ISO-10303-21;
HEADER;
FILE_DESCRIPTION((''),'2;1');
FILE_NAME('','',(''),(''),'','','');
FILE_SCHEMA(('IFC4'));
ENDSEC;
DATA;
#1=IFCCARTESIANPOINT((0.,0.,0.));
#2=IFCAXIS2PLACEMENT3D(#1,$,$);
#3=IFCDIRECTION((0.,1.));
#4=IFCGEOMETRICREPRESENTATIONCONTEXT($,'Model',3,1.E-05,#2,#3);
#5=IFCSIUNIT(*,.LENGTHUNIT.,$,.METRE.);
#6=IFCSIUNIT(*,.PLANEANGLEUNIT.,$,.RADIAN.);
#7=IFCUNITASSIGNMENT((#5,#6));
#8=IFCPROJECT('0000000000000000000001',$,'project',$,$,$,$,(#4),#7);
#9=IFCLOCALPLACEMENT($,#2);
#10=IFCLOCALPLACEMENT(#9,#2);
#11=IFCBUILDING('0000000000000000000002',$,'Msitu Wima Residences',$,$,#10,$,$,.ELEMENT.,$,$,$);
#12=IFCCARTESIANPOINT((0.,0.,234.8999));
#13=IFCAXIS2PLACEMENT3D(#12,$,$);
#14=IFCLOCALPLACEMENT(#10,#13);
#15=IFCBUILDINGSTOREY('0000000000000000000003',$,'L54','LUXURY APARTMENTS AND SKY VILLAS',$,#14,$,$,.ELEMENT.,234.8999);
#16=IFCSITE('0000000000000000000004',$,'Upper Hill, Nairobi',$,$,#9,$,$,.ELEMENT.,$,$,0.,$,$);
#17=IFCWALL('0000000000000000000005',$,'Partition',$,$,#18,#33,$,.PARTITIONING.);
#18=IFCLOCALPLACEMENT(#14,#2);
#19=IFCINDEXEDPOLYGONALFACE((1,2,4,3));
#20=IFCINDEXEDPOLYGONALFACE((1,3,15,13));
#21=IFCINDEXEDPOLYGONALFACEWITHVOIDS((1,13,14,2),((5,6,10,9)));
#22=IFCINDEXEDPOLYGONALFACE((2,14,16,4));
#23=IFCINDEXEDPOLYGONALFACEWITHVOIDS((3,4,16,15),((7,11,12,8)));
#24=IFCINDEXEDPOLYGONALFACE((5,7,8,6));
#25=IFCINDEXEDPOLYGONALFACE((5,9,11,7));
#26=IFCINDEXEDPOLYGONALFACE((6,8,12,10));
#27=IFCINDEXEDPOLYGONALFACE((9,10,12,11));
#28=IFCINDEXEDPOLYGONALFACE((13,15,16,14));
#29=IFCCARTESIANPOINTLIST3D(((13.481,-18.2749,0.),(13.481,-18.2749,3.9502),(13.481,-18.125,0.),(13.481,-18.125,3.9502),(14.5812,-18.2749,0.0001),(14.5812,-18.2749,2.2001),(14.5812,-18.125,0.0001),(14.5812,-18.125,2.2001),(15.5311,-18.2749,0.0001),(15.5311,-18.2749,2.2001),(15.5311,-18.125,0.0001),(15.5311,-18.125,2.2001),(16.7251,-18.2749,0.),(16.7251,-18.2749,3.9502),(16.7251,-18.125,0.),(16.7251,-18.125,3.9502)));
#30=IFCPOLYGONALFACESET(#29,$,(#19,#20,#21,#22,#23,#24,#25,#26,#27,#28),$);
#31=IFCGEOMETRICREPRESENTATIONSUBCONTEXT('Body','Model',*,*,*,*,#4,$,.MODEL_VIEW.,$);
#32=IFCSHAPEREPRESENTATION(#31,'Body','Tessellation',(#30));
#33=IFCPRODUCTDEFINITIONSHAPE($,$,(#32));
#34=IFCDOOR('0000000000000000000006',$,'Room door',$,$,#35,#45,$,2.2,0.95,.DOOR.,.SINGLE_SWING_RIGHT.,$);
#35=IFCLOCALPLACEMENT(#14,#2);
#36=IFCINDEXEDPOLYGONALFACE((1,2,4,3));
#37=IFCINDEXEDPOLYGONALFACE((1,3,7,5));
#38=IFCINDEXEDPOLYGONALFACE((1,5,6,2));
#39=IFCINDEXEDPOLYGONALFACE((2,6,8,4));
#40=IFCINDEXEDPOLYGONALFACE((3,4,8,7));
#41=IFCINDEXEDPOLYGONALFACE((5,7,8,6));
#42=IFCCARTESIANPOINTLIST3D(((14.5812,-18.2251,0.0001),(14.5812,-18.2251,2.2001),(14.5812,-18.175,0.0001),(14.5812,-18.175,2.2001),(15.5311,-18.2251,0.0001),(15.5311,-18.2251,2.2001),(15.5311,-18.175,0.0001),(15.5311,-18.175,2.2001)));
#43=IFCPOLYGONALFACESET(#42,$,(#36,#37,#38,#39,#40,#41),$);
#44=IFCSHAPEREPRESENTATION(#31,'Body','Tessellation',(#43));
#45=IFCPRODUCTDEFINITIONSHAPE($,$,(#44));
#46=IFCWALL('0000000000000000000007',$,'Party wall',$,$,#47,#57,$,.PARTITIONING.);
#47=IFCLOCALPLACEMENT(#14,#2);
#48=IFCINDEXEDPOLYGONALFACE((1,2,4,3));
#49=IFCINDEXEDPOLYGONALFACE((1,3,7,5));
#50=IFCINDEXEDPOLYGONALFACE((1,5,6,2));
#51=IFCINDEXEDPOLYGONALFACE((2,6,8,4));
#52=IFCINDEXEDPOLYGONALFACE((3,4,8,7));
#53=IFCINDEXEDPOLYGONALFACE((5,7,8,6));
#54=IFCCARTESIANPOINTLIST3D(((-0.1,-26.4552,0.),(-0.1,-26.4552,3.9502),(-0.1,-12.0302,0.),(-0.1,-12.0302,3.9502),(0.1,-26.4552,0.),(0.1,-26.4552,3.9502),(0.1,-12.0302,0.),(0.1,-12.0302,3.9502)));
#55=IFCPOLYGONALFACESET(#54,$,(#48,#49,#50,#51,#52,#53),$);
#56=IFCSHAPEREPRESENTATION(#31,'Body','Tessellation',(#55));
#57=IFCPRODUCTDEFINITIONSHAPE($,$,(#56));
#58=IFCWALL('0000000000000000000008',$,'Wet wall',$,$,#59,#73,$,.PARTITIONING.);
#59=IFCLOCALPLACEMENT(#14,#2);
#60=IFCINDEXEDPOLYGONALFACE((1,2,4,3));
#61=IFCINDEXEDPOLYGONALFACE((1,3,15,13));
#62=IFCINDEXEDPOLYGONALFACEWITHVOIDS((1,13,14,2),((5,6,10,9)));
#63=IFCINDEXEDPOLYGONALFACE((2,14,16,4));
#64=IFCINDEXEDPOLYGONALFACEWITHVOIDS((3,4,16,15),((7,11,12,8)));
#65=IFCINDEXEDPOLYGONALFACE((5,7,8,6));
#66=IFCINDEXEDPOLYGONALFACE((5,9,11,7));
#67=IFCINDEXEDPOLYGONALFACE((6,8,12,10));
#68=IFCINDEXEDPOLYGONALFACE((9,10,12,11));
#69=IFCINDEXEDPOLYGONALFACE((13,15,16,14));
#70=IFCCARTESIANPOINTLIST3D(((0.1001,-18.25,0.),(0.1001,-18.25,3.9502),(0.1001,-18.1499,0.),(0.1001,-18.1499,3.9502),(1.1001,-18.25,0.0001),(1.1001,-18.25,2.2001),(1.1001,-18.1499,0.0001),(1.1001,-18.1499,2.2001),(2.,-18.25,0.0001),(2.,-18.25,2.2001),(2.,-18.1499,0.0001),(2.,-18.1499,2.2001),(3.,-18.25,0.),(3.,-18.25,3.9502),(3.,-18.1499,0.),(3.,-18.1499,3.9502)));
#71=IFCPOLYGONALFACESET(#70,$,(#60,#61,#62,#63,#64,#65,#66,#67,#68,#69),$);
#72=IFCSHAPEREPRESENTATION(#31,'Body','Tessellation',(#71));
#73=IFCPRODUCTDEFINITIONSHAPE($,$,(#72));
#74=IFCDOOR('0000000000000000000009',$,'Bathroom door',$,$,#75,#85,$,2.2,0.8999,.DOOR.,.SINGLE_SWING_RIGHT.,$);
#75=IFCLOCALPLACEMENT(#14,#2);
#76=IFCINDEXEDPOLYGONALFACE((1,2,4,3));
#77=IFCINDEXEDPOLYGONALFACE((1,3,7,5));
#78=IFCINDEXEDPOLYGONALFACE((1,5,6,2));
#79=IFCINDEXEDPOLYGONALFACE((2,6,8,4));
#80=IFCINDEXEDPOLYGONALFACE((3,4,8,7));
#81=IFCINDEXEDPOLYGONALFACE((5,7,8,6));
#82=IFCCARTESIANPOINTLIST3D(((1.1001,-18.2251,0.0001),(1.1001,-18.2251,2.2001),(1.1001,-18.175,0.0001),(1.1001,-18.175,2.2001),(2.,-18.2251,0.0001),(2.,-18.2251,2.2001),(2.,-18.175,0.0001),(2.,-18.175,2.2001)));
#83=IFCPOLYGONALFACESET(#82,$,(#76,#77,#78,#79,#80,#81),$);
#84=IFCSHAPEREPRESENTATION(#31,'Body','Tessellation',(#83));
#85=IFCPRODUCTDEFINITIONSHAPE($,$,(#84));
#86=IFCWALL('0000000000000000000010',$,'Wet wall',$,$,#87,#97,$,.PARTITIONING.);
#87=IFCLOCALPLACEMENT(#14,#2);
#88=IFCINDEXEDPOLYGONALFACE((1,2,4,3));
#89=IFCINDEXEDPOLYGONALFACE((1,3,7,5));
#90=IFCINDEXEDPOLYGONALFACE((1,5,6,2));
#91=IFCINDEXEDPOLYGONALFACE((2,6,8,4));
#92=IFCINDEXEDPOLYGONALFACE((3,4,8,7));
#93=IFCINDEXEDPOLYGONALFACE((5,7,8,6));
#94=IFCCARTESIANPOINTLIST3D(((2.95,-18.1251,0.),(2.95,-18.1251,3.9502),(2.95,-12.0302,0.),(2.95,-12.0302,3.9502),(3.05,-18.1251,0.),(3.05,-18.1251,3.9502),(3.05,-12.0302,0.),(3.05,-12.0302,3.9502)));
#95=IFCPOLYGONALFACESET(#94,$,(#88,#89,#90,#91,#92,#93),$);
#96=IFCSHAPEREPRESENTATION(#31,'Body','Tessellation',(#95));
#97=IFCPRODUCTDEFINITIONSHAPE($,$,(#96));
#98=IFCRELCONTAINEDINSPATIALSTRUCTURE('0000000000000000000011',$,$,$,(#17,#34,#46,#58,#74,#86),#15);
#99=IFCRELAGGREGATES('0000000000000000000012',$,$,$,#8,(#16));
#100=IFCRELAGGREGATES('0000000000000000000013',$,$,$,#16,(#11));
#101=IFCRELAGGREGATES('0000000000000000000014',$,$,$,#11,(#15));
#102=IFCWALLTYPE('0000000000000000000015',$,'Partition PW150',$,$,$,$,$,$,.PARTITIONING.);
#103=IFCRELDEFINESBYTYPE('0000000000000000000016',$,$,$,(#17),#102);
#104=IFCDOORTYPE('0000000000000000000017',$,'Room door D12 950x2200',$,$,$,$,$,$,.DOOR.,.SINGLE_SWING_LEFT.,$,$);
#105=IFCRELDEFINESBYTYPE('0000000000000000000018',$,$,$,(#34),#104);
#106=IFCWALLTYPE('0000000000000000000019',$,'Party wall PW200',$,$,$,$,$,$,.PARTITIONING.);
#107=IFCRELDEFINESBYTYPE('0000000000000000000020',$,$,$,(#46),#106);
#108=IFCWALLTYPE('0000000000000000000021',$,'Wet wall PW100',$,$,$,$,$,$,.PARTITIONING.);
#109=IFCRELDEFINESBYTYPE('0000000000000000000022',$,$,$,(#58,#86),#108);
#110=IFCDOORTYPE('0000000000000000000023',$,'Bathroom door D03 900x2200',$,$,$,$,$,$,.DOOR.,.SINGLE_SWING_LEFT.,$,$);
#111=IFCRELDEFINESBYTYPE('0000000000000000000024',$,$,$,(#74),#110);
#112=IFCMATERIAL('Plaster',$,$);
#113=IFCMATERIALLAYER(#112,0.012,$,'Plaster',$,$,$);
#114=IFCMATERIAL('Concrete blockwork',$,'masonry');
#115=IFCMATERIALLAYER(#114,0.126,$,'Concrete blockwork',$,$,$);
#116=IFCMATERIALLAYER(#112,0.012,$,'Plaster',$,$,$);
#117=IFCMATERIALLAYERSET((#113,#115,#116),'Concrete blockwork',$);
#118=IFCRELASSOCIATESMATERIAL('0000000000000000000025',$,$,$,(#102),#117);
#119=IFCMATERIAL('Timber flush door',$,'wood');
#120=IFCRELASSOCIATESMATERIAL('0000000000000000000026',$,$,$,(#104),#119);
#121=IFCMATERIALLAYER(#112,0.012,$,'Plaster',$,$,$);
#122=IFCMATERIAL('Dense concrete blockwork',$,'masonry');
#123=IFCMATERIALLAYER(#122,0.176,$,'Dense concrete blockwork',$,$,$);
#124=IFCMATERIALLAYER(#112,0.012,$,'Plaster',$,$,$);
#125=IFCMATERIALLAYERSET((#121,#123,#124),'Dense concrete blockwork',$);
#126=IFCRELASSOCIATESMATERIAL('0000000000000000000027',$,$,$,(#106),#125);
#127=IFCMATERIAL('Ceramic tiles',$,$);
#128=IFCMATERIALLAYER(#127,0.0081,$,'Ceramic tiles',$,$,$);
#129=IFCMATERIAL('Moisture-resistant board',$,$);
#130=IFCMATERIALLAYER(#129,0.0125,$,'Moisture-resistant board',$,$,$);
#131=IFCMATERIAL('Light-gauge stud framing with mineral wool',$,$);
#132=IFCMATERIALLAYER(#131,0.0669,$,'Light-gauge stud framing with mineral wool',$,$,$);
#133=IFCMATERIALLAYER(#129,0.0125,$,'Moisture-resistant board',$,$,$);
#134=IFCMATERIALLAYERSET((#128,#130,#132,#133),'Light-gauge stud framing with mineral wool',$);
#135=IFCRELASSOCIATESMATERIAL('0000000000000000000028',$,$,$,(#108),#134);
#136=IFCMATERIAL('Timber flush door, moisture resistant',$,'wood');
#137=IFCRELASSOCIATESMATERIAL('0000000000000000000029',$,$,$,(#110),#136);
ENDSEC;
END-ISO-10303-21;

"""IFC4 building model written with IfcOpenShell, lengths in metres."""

from ifc_helpers import new_model, si_unit, direction, frame, frame_2d, origin, place, context, subcontext, project, spatial, rectangle, extrude, material, layer, layer_set, type_object, element, fill, save


model = new_model("IFC4")

# Units and contexts
model_context = context("Model", 3, precision=1e-05, world=origin(), true_north=direction((0.0, 1.0)))
body_context = subcontext(model_context, "Body", "Model", "MODEL_VIEW")
ifc_project = project(units=[si_unit("LENGTHUNIT", "METRE"), si_unit("PLANEANGLEUNIT", "RADIAN")], contexts=[model_context])

# Site, building, storey
site_placement = place(None, origin())
site = spatial("IfcSite", under=ifc_project, at=site_placement, Name="Upper Hill, Nairobi", CompositionType="ELEMENT", RefElevation=0.0)
building_placement = place(site_placement, origin())
building = spatial("IfcBuilding", under=site, at=building_placement, Name="Msitu Wima Residences", CompositionType="ELEMENT")
storey_placement = place(building_placement, frame((0.0, 0.0, 234.8999)))
storey = spatial("IfcBuildingStorey", under=building, at=storey_placement, Name="L54", Description="LUXURY APARTMENTS AND SKY VILLAS", CompositionType="ELEMENT", Elevation=234.8999)

# Shared definitions
ifc_material_1 = material(Name="Plaster")
ifc_layer_1 = layer(ifc_material_1, 0.012, Name="Plaster")
ifc_material_2 = material(Name="Concrete blockwork", Category="masonry")
ifc_layer_2 = layer(ifc_material_2, 0.126, Name="Concrete blockwork")
ifc_layer_3 = layer(ifc_material_1, 0.012, Name="Plaster")
ifc_layer_set_1 = layer_set([ifc_layer_1, ifc_layer_2, ifc_layer_3], Name="Concrete blockwork")
wall_type_1 = type_object("IfcWallType", Name="Partition PW150", PredefinedType="PARTITIONING", material=ifc_layer_set_1)

# Shared definitions
ifc_material_3 = material(Name="Timber flush door", Category="wood")
door_type_1 = type_object("IfcDoorType", Name="Room door D12 950x2200", OperationType="SINGLE_SWING_LEFT", PredefinedType="DOOR", material=ifc_material_3)

# Wall, opening, door
wall_1_placement = place(storey_placement, frame((13.481, -18.2, 0.0), z_axis=(0.0, 0.0, 1.0), x_axis=(1.0, 0.0, 0.0)))
wall_1 = element("IfcWall", 1, at=wall_1_placement, inside=storey, type_object=wall_type_1, Name="Partition", PredefinedType="PARTITIONING", context=body_context, shape_type="SweptSolid", body=[
    extrude(rectangle(XDim=3.2441, YDim=0.1499, at=frame_2d((1.6221, 0.0))), origin(), (0.0, 0.0, 1.0), 3.9502),
])
opening_1_placement = place(wall_1_placement, frame((1.1001, 0.0, 0.0)))
opening_1 = element("IfcOpeningElement", 2, at=opening_1_placement, cuts=wall_1, PredefinedType="OPENING", context=body_context, shape_type="SweptSolid", body=[
    extrude(rectangle(XDim=0.95, YDim=2.2, at=frame_2d((0.4751, 1.1001))), frame((0.0, 0.085, 0.0), z_axis=(0.0, -1.0, 0.0), x_axis=(1.0, 0.0, 0.0)), (0.0, 0.0, 1.0), 0.1699),
])
door_1_placement = place(opening_1_placement, origin())
door_1 = element("IfcDoor", 3, at=door_1_placement, inside=storey, type_object=door_type_1, Name="Room door", OperationType="SINGLE_SWING_RIGHT", OverallHeight=2.2, OverallWidth=0.95, PredefinedType="DOOR", context=body_context, shape_type="SweptSolid", body=[
    extrude(rectangle(XDim=0.95, YDim=2.2, at=frame_2d((0.4751, 1.1001))), frame((0.0, 0.0249, 0.0), z_axis=(0.0, -1.0, 0.0), x_axis=(1.0, 0.0, 0.0)), (0.0, 0.0, 1.0), 0.05),
])
fill(opening_1, door_1)

# Wall
ifc_layer_4 = layer(ifc_material_1, 0.012, Name="Plaster")
ifc_material_4 = material(Name="Dense concrete blockwork", Category="masonry")
ifc_layer_5 = layer(ifc_material_4, 0.176, Name="Dense concrete blockwork")
ifc_layer_6 = layer(ifc_material_1, 0.012, Name="Plaster")
ifc_layer_set_2 = layer_set([ifc_layer_4, ifc_layer_5, ifc_layer_6], Name="Dense concrete blockwork")
wall_type_2 = type_object("IfcWallType", Name="Party wall PW200", PredefinedType="PARTITIONING", material=ifc_layer_set_2)
wall_2_placement = place(storey_placement, frame((0.0, -26.4551, 0.0), z_axis=(0.0, 0.0, 1.0), x_axis=(0.0, 1.0, 0.0)))
element("IfcWall", 4, at=wall_2_placement, inside=storey, type_object=wall_type_2, Name="Party wall", PredefinedType="PARTITIONING", context=body_context, shape_type="SweptSolid", body=[
    extrude(rectangle(XDim=14.425, YDim=0.2, at=frame_2d((7.2124, 0.0))), origin(), (0.0, 0.0, 1.0), 3.9502),
])

# Wall, opening, door
ifc_material_5 = material(Name="Ceramic tiles")
ifc_layer_7 = layer(ifc_material_5, 0.0081, Name="Ceramic tiles")
ifc_material_6 = material(Name="Moisture-resistant board")
ifc_layer_8 = layer(ifc_material_6, 0.0125, Name="Moisture-resistant board")
ifc_material_7 = material(Name="Light-gauge stud framing with mineral wool")
ifc_layer_9 = layer(ifc_material_7, 0.0669, Name="Light-gauge stud framing with mineral wool")
ifc_layer_10 = layer(ifc_material_6, 0.0125, Name="Moisture-resistant board")
ifc_layer_set_3 = layer_set([ifc_layer_7, ifc_layer_8, ifc_layer_9, ifc_layer_10], Name="Light-gauge stud framing with mineral wool")
wall_type_3 = type_object("IfcWallType", Name="Wet wall PW100", PredefinedType="PARTITIONING", material=ifc_layer_set_3)
wall_3_placement = place(storey_placement, frame((0.1001, -18.2, 0.0), z_axis=(0.0, 0.0, 1.0), x_axis=(1.0, 0.0, 0.0)))
wall_3 = element("IfcWall", 5, at=wall_3_placement, inside=storey, type_object=wall_type_3, Name="Wet wall", PredefinedType="PARTITIONING", context=body_context, shape_type="SweptSolid", body=[
    extrude(rectangle(XDim=2.8999, YDim=0.1001, at=frame_2d((1.45, 0.0))), origin(), (0.0, 0.0, 1.0), 3.9502),
])
opening_2_placement = place(wall_3_placement, frame((1.0, 0.0, 0.0)))
opening_2 = element("IfcOpeningElement", 6, at=opening_2_placement, cuts=wall_3, PredefinedType="OPENING", context=body_context, shape_type="SweptSolid", body=[
    extrude(rectangle(XDim=0.8999, YDim=2.2, at=frame_2d((0.45, 1.1001))), frame((0.0, 0.0601, 0.0), z_axis=(0.0, -1.0, 0.0), x_axis=(1.0, 0.0, 0.0)), (0.0, 0.0, 1.0), 0.1201),
])
ifc_material_8 = material(Name="Timber flush door, moisture resistant", Category="wood")
door_type_2 = type_object("IfcDoorType", Name="Bathroom door D03 900x2200", OperationType="SINGLE_SWING_LEFT", PredefinedType="DOOR", material=ifc_material_8)
door_2_placement = place(opening_2_placement, origin())
door_2 = element("IfcDoor", 7, at=door_2_placement, inside=storey, type_object=door_type_2, Name="Bathroom door", OperationType="SINGLE_SWING_RIGHT", OverallHeight=2.2, OverallWidth=0.8999, PredefinedType="DOOR", context=body_context, shape_type="SweptSolid", body=[
    extrude(rectangle(XDim=0.8999, YDim=2.2, at=frame_2d((0.45, 1.1001))), frame((0.0, 0.0249, 0.0), z_axis=(0.0, -1.0, 0.0), x_axis=(1.0, 0.0, 0.0)), (0.0, 0.0, 1.0), 0.05),
])
fill(opening_2, door_2)

# Wall
wall_4_placement = place(storey_placement, frame((3.0, -18.125, 0.0), z_axis=(0.0, 0.0, 1.0), x_axis=(0.0, 1.0, 0.0)))
element("IfcWall", 8, at=wall_4_placement, inside=storey, type_object=wall_type_3, Name="Wet wall", PredefinedType="PARTITIONING", context=body_context, shape_type="SweptSolid", body=[
    extrude(rectangle(XDim=6.095, YDim=0.1001, at=frame_2d((3.0474, 0.0))), origin(), (0.0, 0.0, 1.0), 3.9502),
])

save(model, "model.ifc")
